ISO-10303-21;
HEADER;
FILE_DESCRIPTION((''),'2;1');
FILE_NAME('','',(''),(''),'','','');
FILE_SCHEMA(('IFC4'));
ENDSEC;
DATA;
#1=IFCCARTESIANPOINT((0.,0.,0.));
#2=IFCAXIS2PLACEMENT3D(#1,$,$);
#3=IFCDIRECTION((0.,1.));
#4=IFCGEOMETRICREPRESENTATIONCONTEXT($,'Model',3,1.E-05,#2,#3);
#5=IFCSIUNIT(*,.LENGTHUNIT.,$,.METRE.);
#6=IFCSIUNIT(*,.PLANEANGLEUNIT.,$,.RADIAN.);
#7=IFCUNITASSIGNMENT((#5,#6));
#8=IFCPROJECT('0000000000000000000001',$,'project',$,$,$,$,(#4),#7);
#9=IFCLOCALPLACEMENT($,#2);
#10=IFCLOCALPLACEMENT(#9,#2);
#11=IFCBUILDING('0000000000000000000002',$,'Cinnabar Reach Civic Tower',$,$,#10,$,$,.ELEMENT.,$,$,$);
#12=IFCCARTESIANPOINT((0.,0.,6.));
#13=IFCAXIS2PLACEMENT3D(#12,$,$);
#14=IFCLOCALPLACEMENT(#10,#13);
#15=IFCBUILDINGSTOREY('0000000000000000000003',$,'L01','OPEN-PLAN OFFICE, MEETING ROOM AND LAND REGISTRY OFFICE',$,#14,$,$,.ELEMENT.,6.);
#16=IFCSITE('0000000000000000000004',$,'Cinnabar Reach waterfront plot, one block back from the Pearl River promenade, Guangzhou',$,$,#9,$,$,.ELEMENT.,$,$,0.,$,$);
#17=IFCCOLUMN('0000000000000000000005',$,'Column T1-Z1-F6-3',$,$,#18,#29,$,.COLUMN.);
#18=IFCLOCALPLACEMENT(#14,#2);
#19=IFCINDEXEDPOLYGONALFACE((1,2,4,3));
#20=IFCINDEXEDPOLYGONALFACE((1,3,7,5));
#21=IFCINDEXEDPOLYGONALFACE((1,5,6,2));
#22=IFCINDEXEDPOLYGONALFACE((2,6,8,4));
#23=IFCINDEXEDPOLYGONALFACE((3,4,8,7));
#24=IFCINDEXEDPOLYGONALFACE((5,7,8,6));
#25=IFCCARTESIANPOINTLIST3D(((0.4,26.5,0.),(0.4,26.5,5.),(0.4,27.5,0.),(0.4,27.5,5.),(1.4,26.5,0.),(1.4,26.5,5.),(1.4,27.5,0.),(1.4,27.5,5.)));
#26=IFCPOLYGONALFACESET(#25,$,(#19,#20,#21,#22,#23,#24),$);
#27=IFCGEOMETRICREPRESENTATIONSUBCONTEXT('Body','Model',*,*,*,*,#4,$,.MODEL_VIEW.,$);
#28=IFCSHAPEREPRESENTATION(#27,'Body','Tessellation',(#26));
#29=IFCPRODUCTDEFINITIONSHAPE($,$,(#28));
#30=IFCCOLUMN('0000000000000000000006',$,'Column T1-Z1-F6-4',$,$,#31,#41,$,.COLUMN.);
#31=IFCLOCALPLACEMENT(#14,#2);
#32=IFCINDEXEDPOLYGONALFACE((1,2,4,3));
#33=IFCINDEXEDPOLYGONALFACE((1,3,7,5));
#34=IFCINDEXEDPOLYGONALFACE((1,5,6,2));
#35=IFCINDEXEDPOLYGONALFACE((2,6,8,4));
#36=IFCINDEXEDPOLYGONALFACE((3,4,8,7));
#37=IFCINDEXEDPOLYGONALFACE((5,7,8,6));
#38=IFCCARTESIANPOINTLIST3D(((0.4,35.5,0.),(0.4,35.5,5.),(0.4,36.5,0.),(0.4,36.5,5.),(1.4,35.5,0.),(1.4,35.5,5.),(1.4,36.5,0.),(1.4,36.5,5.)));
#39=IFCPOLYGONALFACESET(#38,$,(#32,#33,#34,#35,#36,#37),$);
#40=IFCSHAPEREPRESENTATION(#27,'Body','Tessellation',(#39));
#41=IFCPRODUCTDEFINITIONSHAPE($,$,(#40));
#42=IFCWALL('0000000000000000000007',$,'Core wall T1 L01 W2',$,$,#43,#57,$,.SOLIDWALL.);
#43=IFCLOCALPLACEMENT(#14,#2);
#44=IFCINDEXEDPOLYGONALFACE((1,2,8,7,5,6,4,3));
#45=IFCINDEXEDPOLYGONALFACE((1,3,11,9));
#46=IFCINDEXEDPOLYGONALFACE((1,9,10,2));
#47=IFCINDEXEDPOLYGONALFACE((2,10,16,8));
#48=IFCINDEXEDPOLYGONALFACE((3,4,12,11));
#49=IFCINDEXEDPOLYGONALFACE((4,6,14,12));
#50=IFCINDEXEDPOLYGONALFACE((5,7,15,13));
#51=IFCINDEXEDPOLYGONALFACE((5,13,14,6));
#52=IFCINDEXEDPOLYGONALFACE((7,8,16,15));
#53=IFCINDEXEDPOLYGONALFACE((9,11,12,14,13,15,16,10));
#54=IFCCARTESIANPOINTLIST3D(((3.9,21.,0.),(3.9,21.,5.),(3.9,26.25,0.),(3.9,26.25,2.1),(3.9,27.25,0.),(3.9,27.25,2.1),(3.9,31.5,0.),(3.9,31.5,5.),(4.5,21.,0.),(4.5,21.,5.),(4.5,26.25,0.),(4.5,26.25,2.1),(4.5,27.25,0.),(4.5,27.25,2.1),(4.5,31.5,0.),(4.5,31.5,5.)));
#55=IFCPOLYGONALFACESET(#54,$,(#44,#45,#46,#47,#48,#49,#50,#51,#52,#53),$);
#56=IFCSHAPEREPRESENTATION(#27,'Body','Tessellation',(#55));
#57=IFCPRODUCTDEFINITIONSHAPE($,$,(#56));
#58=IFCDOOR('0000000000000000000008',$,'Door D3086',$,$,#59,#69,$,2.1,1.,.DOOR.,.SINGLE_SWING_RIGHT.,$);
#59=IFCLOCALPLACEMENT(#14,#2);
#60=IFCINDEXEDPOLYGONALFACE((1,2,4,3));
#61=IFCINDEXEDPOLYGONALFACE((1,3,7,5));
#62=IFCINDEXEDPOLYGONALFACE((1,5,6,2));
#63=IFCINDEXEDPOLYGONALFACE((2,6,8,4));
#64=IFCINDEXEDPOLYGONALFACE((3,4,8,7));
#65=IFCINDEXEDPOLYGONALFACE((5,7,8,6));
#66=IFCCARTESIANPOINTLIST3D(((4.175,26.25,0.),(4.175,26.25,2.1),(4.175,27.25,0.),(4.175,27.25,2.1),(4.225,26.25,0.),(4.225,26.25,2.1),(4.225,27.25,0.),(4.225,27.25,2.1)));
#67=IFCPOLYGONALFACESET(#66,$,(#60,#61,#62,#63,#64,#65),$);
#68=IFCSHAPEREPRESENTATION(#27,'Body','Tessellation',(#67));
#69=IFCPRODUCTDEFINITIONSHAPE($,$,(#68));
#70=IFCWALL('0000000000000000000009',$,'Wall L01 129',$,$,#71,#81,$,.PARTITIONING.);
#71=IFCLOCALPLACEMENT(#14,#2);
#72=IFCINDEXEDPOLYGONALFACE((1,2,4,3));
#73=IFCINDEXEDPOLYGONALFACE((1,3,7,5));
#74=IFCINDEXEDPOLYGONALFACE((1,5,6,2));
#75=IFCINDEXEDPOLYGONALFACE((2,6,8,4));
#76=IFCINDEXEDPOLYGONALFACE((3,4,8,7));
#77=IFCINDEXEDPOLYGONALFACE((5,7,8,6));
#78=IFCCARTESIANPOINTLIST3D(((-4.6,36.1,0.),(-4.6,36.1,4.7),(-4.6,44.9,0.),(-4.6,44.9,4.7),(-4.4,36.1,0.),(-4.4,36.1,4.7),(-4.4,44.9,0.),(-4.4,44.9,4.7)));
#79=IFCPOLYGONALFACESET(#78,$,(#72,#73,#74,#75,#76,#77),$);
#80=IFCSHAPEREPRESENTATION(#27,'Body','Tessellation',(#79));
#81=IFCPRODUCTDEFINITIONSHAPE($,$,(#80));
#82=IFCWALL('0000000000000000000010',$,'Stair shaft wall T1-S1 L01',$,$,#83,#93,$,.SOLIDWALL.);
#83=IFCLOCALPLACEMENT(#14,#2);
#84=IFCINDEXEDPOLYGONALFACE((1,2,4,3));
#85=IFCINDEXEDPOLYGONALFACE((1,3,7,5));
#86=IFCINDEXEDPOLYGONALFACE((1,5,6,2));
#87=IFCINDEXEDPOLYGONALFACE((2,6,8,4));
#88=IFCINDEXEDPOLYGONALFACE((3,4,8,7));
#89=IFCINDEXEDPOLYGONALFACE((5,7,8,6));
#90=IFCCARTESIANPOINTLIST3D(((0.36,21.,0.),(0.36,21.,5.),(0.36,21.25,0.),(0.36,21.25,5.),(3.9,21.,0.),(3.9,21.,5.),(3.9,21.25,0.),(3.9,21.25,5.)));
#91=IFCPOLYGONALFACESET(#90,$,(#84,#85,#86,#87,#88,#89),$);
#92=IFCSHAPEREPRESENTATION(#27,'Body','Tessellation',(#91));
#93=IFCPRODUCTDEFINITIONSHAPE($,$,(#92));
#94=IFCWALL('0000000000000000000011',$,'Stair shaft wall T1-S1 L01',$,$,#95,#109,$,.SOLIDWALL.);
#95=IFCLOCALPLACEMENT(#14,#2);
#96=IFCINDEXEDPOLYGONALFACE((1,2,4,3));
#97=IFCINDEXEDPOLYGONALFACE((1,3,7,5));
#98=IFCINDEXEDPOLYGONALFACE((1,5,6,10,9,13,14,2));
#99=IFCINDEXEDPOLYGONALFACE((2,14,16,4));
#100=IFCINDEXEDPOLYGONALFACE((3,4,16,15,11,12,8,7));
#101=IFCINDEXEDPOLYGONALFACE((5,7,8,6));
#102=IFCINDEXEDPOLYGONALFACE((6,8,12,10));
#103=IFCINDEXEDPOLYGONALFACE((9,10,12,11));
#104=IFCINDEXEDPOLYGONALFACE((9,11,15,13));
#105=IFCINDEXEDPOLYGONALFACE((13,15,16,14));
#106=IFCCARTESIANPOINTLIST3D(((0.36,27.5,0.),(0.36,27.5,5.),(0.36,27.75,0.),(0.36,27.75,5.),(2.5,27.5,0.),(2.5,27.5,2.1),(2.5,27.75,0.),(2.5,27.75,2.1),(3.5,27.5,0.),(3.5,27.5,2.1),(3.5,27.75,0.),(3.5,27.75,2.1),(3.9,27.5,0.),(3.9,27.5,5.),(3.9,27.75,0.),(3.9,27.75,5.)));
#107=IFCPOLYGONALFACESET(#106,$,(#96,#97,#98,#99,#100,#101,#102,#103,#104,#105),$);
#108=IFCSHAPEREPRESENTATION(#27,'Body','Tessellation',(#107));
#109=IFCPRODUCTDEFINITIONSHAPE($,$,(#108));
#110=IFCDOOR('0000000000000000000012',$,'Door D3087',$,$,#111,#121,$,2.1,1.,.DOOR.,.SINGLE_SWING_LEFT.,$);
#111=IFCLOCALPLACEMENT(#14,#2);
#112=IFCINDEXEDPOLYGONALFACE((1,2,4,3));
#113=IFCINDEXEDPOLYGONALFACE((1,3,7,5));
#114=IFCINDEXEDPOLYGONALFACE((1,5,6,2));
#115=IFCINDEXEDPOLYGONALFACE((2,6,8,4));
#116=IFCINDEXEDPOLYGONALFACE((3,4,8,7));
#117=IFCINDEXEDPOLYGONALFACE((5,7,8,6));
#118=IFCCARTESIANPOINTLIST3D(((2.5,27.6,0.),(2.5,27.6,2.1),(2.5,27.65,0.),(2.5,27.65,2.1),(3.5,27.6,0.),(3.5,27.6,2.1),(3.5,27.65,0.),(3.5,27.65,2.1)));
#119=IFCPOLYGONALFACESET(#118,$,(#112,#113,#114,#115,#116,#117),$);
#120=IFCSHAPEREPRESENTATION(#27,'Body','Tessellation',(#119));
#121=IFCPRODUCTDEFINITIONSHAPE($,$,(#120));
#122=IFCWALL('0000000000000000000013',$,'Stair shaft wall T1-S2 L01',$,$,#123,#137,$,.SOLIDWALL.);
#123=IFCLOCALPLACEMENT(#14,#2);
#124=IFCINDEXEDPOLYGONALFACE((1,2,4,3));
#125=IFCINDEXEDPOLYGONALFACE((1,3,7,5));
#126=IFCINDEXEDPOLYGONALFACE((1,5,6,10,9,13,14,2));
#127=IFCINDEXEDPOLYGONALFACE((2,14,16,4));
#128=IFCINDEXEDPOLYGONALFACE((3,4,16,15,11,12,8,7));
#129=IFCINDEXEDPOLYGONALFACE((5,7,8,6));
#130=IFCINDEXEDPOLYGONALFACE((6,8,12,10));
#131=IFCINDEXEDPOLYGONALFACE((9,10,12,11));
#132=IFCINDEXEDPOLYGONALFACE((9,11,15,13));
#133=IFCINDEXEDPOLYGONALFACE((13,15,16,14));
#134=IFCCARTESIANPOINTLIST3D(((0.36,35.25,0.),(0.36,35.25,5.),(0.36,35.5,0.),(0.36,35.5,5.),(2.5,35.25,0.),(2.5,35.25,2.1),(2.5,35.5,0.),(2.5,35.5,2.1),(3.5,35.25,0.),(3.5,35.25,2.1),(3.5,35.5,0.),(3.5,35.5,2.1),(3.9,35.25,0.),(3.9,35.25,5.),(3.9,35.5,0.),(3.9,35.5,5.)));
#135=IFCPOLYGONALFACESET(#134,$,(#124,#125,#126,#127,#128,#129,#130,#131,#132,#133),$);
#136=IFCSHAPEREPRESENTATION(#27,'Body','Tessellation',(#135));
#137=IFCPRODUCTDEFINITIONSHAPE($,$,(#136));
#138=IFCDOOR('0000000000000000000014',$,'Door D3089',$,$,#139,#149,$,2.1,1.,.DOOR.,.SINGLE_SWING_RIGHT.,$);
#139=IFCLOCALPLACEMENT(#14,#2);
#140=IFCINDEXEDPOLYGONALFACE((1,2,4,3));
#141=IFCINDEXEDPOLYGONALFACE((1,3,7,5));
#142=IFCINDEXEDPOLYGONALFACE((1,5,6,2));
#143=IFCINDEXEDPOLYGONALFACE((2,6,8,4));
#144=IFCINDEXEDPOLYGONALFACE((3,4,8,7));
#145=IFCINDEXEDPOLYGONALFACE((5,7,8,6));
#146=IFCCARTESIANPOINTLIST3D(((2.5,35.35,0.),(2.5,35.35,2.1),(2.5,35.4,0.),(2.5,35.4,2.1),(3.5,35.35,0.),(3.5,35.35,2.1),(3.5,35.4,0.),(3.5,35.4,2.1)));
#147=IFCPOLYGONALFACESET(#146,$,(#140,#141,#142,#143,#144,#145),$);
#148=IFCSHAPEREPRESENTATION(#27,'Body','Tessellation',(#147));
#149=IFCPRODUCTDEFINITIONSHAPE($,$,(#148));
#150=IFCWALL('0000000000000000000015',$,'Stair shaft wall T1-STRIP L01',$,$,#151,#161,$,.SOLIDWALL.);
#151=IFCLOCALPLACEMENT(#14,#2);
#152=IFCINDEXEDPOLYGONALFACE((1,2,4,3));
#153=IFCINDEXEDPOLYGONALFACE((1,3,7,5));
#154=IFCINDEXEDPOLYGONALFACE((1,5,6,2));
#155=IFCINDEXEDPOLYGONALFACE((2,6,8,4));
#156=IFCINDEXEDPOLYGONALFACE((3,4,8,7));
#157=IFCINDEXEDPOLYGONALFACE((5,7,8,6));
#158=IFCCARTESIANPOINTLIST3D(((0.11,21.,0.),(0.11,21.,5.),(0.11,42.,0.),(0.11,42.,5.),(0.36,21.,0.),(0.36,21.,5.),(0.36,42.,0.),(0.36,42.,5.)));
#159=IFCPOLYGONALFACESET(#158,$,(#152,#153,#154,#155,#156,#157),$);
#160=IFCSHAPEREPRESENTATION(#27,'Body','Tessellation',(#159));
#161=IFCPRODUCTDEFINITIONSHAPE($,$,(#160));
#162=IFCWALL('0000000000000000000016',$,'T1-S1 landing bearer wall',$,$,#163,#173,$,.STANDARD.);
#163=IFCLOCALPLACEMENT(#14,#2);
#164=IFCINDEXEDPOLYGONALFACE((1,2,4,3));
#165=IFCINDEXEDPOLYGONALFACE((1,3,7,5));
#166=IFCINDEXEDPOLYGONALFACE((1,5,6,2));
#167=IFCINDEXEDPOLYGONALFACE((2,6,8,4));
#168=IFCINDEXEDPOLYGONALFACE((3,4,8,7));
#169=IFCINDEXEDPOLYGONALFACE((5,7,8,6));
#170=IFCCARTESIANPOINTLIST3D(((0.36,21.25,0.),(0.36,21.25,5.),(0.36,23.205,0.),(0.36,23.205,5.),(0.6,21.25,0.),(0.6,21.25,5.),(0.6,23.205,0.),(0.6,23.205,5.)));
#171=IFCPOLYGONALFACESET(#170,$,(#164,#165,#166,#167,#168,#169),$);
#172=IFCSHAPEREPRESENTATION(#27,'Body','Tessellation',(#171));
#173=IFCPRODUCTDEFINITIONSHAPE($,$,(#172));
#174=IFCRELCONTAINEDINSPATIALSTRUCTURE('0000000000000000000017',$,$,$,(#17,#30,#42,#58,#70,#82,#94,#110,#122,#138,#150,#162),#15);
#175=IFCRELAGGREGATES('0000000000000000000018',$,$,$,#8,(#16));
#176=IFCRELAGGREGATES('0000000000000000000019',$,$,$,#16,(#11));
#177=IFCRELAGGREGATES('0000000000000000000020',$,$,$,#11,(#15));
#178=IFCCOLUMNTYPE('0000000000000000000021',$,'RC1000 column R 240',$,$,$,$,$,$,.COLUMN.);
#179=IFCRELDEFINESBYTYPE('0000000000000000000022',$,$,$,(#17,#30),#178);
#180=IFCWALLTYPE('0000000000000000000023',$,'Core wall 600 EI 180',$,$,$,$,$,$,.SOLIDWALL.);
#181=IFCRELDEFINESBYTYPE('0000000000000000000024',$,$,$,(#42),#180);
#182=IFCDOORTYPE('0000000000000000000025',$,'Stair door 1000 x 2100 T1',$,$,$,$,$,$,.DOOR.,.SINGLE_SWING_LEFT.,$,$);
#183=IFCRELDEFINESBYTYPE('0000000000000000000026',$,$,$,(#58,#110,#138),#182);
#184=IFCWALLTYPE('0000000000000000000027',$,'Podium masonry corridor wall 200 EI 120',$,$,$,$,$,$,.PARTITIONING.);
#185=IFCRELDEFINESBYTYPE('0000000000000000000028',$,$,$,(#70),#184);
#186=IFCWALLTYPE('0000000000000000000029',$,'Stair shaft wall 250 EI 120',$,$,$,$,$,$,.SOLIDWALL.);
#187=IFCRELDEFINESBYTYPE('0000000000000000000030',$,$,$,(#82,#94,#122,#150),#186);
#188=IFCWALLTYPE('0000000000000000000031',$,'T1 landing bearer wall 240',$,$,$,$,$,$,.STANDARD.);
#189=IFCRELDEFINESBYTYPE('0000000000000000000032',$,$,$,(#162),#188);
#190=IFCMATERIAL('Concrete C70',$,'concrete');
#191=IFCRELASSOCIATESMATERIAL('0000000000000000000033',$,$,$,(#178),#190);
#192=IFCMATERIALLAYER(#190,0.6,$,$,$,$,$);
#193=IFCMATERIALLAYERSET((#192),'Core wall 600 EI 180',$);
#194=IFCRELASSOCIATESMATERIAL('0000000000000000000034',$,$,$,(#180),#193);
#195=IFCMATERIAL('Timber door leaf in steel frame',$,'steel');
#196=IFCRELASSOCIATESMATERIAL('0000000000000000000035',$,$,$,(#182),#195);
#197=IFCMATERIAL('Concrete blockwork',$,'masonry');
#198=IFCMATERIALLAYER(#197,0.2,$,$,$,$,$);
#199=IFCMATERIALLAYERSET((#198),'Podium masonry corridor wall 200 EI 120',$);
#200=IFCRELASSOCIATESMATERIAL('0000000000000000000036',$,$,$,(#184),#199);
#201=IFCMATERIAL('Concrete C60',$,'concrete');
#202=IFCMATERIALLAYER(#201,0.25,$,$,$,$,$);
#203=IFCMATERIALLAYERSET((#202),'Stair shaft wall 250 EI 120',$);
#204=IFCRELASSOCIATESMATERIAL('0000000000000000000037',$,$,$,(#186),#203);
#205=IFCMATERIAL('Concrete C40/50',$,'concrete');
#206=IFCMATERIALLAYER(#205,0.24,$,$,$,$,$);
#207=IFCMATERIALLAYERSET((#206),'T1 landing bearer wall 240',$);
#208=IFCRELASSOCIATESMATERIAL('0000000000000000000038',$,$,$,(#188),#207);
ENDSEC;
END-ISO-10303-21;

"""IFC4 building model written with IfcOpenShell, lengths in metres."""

from ifc_helpers import new_model, si_unit, direction, frame, frame_2d, origin, origin_2d, place, context, subcontext, project, spatial, rectangle, extrude, material, layer, layer_set, material_profile, profile_set, type_object, element, fill, save


model = new_model("IFC4")

# Units and contexts
model_context = context("Model", 3, precision=1e-05, world=origin(), true_north=direction((0.0, 1.0)))
body_context = subcontext(model_context, "Body", "Model", "MODEL_VIEW")
ifc_project = project(units=[si_unit("LENGTHUNIT", "METRE"), si_unit("PLANEANGLEUNIT", "RADIAN")], contexts=[model_context])

# Site, building, storey
site_placement = place(None, origin())
site = spatial("IfcSite", under=ifc_project, at=site_placement, Name="Cinnabar Reach waterfront plot, one block back from the Pearl River promenade, Guangzhou", CompositionType="ELEMENT", RefElevation=0.0)
building_placement = place(site_placement, origin())
building = spatial("IfcBuilding", under=site, at=building_placement, Name="Cinnabar Reach Civic Tower", CompositionType="ELEMENT")
storey_placement = place(building_placement, frame((0.0, 0.0, 6.0)))
storey = spatial("IfcBuildingStorey", under=building, at=storey_placement, Name="L01", Description="OPEN-PLAN OFFICE, MEETING ROOM AND LAND REGISTRY OFFICE", CompositionType="ELEMENT", Elevation=6.0)

# Columns
ifc_material_1 = material(Name="Concrete C70", Category="concrete")
ifc_material_profile = material_profile(ifc_material_1, rectangle(XDim=1.0, YDim=1.0, at=origin_2d()), Name="RC1000")
ifc_profile_set = profile_set([ifc_material_profile], Name="Concrete C70")
column_type = type_object("IfcColumnType", Name="RC1000 column R 240", PredefinedType="COLUMN", material=ifc_profile_set)
for number, where, z_axis, x_axis, name in (
    (1, (0.9, 27.0, 0.0), (0.0, 0.0, 1.0), (1.0, 0.0, 0.0), "Column T1-Z1-F6-3"),
    (2, (0.9, 36.0, 0.0), (0.0, 0.0, 1.0), (1.0, 0.0, 0.0), "Column T1-Z1-F6-4"),
):
    element("IfcColumn", number, at=place(storey_placement, frame(where, z_axis=z_axis, x_axis=x_axis)), inside=storey, type_object=column_type, Name=name, PredefinedType="COLUMN", context=body_context, shape_type="SweptSolid", body=[
        extrude(rectangle(XDim=1.0, YDim=1.0, at=origin_2d()), origin(), (0.0, 0.0, 1.0), 5.0),
    ])

# Wall, opening, door
ifc_layer_1 = layer(ifc_material_1, 0.6)
ifc_layer_set_1 = layer_set([ifc_layer_1], Name="Core wall 600 EI 180")
wall_type_1 = type_object("IfcWallType", Name="Core wall 600 EI 180", PredefinedType="SOLIDWALL", material=ifc_layer_set_1)
wall_1_placement = place(storey_placement, frame((4.2, 31.5, 0.0), z_axis=(0.0, 0.0, 1.0), x_axis=(0.0, -1.0, 0.0)))
wall_1 = element("IfcWall", 3, at=wall_1_placement, inside=storey, type_object=wall_type_1, Name="Core wall T1 L01 W2", PredefinedType="SOLIDWALL", context=body_context, shape_type="SweptSolid", body=[
    extrude(rectangle(XDim=10.5, YDim=0.6, at=frame_2d((5.25, 0.0))), origin(), (0.0, 0.0, 1.0), 5.0),
])
opening_1_placement = place(wall_1_placement, frame((4.25, 0.0, 0.0)))
opening_1 = element("IfcOpeningElement", 4, at=opening_1_placement, cuts=wall_1, PredefinedType="OPENING", context=body_context, shape_type="SweptSolid", body=[
    extrude(rectangle(XDim=1.0, YDim=2.1, at=frame_2d((0.5, 1.05))), frame((0.0, 0.31, 0.0), z_axis=(0.0, -1.0, 0.0), x_axis=(1.0, 0.0, 0.0)), (0.0, 0.0, 1.0), 0.62),
])
ifc_material_2 = material(Name="Timber door leaf in steel frame", Category="steel")
door_type = type_object("IfcDoorType", Name="Stair door 1000 x 2100 T1", OperationType="SINGLE_SWING_LEFT", PredefinedType="DOOR", material=ifc_material_2)
door_1_placement = place(opening_1_placement, frame((1.0, 0.0, 0.0), z_axis=(0.0, 0.0, 1.0), x_axis=(-1.0, 0.0, 0.0)))
door_1 = element("IfcDoor", 5, at=door_1_placement, inside=storey, type_object=door_type, Name="Door D3086", OperationType="SINGLE_SWING_RIGHT", OverallHeight=2.1, OverallWidth=1.0, PredefinedType="DOOR", context=body_context, shape_type="SweptSolid", body=[
    extrude(rectangle(XDim=1.0, YDim=2.1, at=frame_2d((0.5, 1.05))), frame((0.0, 0.025, 0.0), z_axis=(0.0, -1.0, 0.0), x_axis=(1.0, 0.0, 0.0)), (0.0, 0.0, 1.0), 0.05),
])
fill(opening_1, door_1)

# Walls
ifc_material_3 = material(Name="Concrete blockwork", Category="masonry")
ifc_layer_2 = layer(ifc_material_3, 0.2)
ifc_layer_set_2 = layer_set([ifc_layer_2], Name="Podium masonry corridor wall 200 EI 120")
wall_type_2 = type_object("IfcWallType", Name="Podium masonry corridor wall 200 EI 120", PredefinedType="PARTITIONING", material=ifc_layer_set_2)
wall_2_placement = place(storey_placement, frame((-4.5, 36.1, 0.0), z_axis=(0.0, 0.0, 1.0), x_axis=(0.0, 1.0, 0.0)))
element("IfcWall", 6, at=wall_2_placement, inside=storey, type_object=wall_type_2, Name="Wall L01 129", PredefinedType="PARTITIONING", context=body_context, shape_type="SweptSolid", body=[
    extrude(rectangle(XDim=8.8, YDim=0.2, at=frame_2d((4.4, 0.0))), origin(), (0.0, 0.0, 1.0), 4.7),
])
ifc_material_4 = material(Name="Concrete C60", Category="concrete")
ifc_layer_3 = layer(ifc_material_4, 0.25)
ifc_layer_set_3 = layer_set([ifc_layer_3], Name="Stair shaft wall 250 EI 120")
wall_type_3 = type_object("IfcWallType", Name="Stair shaft wall 250 EI 120", PredefinedType="SOLIDWALL", material=ifc_layer_set_3)
wall_3_placement = place(storey_placement, frame((0.36, 21.125, 0.0), z_axis=(0.0, 0.0, 1.0), x_axis=(1.0, 0.0, 0.0)))
element("IfcWall", 7, at=wall_3_placement, inside=storey, type_object=wall_type_3, Name="Stair shaft wall T1-S1 L01", PredefinedType="SOLIDWALL", context=body_context, shape_type="SweptSolid", body=[
    extrude(rectangle(XDim=3.54, YDim=0.25, at=frame_2d((1.77, 0.0))), origin(), (0.0, 0.0, 1.0), 5.0),
])

# Walls, openings, doors
wall_4_placement = place(storey_placement, frame((3.9, 27.625, 0.0), z_axis=(0.0, 0.0, 1.0), x_axis=(-1.0, 0.0, 0.0)))
wall_4 = element("IfcWall", 8, at=wall_4_placement, inside=storey, type_object=wall_type_3, Name="Stair shaft wall T1-S1 L01", PredefinedType="SOLIDWALL", context=body_context, shape_type="SweptSolid", body=[
    extrude(rectangle(XDim=3.54, YDim=0.25, at=frame_2d((1.77, 0.0))), origin(), (0.0, 0.0, 1.0), 5.0),
])
opening_2_placement = place(wall_4_placement, frame((0.4, 0.0, 0.0)))
opening_2 = element("IfcOpeningElement", 9, at=opening_2_placement, cuts=wall_4, PredefinedType="OPENING", context=body_context, shape_type="SweptSolid", body=[
    extrude(rectangle(XDim=1.0, YDim=2.1, at=frame_2d((0.5, 1.05))), frame((0.0, 0.135, 0.0), z_axis=(0.0, -1.0, 0.0), x_axis=(1.0, 0.0, 0.0)), (0.0, 0.0, 1.0), 0.27),
])
door_2_placement = place(opening_2_placement, origin())
door_2 = element("IfcDoor", 10, at=door_2_placement, inside=storey, type_object=door_type, Name="Door D3087", OperationType="SINGLE_SWING_LEFT", OverallHeight=2.1, OverallWidth=1.0, PredefinedType="DOOR", context=body_context, shape_type="SweptSolid", body=[
    extrude(rectangle(XDim=1.0, YDim=2.1, at=frame_2d((0.5, 1.05))), frame((0.0, 0.025, 0.0), z_axis=(0.0, -1.0, 0.0), x_axis=(1.0, 0.0, 0.0)), (0.0, 0.0, 1.0), 0.05),
])
fill(opening_2, door_2)
wall_5_placement = place(storey_placement, frame((0.36, 35.375, 0.0), z_axis=(0.0, 0.0, 1.0), x_axis=(1.0, 0.0, 0.0)))
wall_5 = element("IfcWall", 11, at=wall_5_placement, inside=storey, type_object=wall_type_3, Name="Stair shaft wall T1-S2 L01", PredefinedType="SOLIDWALL", context=body_context, shape_type="SweptSolid", body=[
    extrude(rectangle(XDim=3.54, YDim=0.25, at=frame_2d((1.77, 0.0))), origin(), (0.0, 0.0, 1.0), 5.0),
])
opening_3_placement = place(wall_5_placement, frame((2.14, 0.0, 0.0)))
opening_3 = element("IfcOpeningElement", 12, at=opening_3_placement, cuts=wall_5, PredefinedType="OPENING", context=body_context, shape_type="SweptSolid", body=[
    extrude(rectangle(XDim=1.0, YDim=2.1, at=frame_2d((0.5, 1.05))), frame((0.0, 0.135, 0.0), z_axis=(0.0, -1.0, 0.0), x_axis=(1.0, 0.0, 0.0)), (0.0, 0.0, 1.0), 0.27),
])
door_3_placement = place(opening_3_placement, origin())
door_3 = element("IfcDoor", 13, at=door_3_placement, inside=storey, type_object=door_type, Name="Door D3089", OperationType="SINGLE_SWING_RIGHT", OverallHeight=2.1, OverallWidth=1.0, PredefinedType="DOOR", context=body_context, shape_type="SweptSolid", body=[
    extrude(rectangle(XDim=1.0, YDim=2.1, at=frame_2d((0.5, 1.05))), frame((0.0, 0.025, 0.0), z_axis=(0.0, -1.0, 0.0), x_axis=(1.0, 0.0, 0.0)), (0.0, 0.0, 1.0), 0.05),
])
fill(opening_3, door_3)

# Walls
wall_6_placement = place(storey_placement, frame((0.235, 21.0, 0.0), z_axis=(0.0, 0.0, 1.0), x_axis=(0.0, 1.0, 0.0)))
element("IfcWall", 14, at=wall_6_placement, inside=storey, type_object=wall_type_3, Name="Stair shaft wall T1-STRIP L01", PredefinedType="SOLIDWALL", context=body_context, shape_type="SweptSolid", body=[
    extrude(rectangle(XDim=21.0, YDim=0.25, at=frame_2d((10.5, 0.0))), origin(), (0.0, 0.0, 1.0), 5.0),
])
ifc_material_5 = material(Name="Concrete C40/50", Category="concrete")
ifc_layer_4 = layer(ifc_material_5, 0.24)
ifc_layer_set_4 = layer_set([ifc_layer_4], Name="T1 landing bearer wall 240")
wall_type_4 = type_object("IfcWallType", Name="T1 landing bearer wall 240", PredefinedType="STANDARD", material=ifc_layer_set_4)
wall_7_placement = place(storey_placement, frame((0.48, 21.25, 0.0), z_axis=(0.0, 0.0, 1.0), x_axis=(0.0, 1.0, 0.0)))
element("IfcWall", 15, at=wall_7_placement, inside=storey, type_object=wall_type_4, Name="T1-S1 landing bearer wall", PredefinedType="STANDARD", context=body_context, shape_type="SweptSolid", body=[
    extrude(rectangle(XDim=1.955, YDim=0.24, at=frame_2d((0.9775, 0.0))), origin(), (0.0, 0.0, 1.0), 5.0),
])

save(model, "model.ifc")
